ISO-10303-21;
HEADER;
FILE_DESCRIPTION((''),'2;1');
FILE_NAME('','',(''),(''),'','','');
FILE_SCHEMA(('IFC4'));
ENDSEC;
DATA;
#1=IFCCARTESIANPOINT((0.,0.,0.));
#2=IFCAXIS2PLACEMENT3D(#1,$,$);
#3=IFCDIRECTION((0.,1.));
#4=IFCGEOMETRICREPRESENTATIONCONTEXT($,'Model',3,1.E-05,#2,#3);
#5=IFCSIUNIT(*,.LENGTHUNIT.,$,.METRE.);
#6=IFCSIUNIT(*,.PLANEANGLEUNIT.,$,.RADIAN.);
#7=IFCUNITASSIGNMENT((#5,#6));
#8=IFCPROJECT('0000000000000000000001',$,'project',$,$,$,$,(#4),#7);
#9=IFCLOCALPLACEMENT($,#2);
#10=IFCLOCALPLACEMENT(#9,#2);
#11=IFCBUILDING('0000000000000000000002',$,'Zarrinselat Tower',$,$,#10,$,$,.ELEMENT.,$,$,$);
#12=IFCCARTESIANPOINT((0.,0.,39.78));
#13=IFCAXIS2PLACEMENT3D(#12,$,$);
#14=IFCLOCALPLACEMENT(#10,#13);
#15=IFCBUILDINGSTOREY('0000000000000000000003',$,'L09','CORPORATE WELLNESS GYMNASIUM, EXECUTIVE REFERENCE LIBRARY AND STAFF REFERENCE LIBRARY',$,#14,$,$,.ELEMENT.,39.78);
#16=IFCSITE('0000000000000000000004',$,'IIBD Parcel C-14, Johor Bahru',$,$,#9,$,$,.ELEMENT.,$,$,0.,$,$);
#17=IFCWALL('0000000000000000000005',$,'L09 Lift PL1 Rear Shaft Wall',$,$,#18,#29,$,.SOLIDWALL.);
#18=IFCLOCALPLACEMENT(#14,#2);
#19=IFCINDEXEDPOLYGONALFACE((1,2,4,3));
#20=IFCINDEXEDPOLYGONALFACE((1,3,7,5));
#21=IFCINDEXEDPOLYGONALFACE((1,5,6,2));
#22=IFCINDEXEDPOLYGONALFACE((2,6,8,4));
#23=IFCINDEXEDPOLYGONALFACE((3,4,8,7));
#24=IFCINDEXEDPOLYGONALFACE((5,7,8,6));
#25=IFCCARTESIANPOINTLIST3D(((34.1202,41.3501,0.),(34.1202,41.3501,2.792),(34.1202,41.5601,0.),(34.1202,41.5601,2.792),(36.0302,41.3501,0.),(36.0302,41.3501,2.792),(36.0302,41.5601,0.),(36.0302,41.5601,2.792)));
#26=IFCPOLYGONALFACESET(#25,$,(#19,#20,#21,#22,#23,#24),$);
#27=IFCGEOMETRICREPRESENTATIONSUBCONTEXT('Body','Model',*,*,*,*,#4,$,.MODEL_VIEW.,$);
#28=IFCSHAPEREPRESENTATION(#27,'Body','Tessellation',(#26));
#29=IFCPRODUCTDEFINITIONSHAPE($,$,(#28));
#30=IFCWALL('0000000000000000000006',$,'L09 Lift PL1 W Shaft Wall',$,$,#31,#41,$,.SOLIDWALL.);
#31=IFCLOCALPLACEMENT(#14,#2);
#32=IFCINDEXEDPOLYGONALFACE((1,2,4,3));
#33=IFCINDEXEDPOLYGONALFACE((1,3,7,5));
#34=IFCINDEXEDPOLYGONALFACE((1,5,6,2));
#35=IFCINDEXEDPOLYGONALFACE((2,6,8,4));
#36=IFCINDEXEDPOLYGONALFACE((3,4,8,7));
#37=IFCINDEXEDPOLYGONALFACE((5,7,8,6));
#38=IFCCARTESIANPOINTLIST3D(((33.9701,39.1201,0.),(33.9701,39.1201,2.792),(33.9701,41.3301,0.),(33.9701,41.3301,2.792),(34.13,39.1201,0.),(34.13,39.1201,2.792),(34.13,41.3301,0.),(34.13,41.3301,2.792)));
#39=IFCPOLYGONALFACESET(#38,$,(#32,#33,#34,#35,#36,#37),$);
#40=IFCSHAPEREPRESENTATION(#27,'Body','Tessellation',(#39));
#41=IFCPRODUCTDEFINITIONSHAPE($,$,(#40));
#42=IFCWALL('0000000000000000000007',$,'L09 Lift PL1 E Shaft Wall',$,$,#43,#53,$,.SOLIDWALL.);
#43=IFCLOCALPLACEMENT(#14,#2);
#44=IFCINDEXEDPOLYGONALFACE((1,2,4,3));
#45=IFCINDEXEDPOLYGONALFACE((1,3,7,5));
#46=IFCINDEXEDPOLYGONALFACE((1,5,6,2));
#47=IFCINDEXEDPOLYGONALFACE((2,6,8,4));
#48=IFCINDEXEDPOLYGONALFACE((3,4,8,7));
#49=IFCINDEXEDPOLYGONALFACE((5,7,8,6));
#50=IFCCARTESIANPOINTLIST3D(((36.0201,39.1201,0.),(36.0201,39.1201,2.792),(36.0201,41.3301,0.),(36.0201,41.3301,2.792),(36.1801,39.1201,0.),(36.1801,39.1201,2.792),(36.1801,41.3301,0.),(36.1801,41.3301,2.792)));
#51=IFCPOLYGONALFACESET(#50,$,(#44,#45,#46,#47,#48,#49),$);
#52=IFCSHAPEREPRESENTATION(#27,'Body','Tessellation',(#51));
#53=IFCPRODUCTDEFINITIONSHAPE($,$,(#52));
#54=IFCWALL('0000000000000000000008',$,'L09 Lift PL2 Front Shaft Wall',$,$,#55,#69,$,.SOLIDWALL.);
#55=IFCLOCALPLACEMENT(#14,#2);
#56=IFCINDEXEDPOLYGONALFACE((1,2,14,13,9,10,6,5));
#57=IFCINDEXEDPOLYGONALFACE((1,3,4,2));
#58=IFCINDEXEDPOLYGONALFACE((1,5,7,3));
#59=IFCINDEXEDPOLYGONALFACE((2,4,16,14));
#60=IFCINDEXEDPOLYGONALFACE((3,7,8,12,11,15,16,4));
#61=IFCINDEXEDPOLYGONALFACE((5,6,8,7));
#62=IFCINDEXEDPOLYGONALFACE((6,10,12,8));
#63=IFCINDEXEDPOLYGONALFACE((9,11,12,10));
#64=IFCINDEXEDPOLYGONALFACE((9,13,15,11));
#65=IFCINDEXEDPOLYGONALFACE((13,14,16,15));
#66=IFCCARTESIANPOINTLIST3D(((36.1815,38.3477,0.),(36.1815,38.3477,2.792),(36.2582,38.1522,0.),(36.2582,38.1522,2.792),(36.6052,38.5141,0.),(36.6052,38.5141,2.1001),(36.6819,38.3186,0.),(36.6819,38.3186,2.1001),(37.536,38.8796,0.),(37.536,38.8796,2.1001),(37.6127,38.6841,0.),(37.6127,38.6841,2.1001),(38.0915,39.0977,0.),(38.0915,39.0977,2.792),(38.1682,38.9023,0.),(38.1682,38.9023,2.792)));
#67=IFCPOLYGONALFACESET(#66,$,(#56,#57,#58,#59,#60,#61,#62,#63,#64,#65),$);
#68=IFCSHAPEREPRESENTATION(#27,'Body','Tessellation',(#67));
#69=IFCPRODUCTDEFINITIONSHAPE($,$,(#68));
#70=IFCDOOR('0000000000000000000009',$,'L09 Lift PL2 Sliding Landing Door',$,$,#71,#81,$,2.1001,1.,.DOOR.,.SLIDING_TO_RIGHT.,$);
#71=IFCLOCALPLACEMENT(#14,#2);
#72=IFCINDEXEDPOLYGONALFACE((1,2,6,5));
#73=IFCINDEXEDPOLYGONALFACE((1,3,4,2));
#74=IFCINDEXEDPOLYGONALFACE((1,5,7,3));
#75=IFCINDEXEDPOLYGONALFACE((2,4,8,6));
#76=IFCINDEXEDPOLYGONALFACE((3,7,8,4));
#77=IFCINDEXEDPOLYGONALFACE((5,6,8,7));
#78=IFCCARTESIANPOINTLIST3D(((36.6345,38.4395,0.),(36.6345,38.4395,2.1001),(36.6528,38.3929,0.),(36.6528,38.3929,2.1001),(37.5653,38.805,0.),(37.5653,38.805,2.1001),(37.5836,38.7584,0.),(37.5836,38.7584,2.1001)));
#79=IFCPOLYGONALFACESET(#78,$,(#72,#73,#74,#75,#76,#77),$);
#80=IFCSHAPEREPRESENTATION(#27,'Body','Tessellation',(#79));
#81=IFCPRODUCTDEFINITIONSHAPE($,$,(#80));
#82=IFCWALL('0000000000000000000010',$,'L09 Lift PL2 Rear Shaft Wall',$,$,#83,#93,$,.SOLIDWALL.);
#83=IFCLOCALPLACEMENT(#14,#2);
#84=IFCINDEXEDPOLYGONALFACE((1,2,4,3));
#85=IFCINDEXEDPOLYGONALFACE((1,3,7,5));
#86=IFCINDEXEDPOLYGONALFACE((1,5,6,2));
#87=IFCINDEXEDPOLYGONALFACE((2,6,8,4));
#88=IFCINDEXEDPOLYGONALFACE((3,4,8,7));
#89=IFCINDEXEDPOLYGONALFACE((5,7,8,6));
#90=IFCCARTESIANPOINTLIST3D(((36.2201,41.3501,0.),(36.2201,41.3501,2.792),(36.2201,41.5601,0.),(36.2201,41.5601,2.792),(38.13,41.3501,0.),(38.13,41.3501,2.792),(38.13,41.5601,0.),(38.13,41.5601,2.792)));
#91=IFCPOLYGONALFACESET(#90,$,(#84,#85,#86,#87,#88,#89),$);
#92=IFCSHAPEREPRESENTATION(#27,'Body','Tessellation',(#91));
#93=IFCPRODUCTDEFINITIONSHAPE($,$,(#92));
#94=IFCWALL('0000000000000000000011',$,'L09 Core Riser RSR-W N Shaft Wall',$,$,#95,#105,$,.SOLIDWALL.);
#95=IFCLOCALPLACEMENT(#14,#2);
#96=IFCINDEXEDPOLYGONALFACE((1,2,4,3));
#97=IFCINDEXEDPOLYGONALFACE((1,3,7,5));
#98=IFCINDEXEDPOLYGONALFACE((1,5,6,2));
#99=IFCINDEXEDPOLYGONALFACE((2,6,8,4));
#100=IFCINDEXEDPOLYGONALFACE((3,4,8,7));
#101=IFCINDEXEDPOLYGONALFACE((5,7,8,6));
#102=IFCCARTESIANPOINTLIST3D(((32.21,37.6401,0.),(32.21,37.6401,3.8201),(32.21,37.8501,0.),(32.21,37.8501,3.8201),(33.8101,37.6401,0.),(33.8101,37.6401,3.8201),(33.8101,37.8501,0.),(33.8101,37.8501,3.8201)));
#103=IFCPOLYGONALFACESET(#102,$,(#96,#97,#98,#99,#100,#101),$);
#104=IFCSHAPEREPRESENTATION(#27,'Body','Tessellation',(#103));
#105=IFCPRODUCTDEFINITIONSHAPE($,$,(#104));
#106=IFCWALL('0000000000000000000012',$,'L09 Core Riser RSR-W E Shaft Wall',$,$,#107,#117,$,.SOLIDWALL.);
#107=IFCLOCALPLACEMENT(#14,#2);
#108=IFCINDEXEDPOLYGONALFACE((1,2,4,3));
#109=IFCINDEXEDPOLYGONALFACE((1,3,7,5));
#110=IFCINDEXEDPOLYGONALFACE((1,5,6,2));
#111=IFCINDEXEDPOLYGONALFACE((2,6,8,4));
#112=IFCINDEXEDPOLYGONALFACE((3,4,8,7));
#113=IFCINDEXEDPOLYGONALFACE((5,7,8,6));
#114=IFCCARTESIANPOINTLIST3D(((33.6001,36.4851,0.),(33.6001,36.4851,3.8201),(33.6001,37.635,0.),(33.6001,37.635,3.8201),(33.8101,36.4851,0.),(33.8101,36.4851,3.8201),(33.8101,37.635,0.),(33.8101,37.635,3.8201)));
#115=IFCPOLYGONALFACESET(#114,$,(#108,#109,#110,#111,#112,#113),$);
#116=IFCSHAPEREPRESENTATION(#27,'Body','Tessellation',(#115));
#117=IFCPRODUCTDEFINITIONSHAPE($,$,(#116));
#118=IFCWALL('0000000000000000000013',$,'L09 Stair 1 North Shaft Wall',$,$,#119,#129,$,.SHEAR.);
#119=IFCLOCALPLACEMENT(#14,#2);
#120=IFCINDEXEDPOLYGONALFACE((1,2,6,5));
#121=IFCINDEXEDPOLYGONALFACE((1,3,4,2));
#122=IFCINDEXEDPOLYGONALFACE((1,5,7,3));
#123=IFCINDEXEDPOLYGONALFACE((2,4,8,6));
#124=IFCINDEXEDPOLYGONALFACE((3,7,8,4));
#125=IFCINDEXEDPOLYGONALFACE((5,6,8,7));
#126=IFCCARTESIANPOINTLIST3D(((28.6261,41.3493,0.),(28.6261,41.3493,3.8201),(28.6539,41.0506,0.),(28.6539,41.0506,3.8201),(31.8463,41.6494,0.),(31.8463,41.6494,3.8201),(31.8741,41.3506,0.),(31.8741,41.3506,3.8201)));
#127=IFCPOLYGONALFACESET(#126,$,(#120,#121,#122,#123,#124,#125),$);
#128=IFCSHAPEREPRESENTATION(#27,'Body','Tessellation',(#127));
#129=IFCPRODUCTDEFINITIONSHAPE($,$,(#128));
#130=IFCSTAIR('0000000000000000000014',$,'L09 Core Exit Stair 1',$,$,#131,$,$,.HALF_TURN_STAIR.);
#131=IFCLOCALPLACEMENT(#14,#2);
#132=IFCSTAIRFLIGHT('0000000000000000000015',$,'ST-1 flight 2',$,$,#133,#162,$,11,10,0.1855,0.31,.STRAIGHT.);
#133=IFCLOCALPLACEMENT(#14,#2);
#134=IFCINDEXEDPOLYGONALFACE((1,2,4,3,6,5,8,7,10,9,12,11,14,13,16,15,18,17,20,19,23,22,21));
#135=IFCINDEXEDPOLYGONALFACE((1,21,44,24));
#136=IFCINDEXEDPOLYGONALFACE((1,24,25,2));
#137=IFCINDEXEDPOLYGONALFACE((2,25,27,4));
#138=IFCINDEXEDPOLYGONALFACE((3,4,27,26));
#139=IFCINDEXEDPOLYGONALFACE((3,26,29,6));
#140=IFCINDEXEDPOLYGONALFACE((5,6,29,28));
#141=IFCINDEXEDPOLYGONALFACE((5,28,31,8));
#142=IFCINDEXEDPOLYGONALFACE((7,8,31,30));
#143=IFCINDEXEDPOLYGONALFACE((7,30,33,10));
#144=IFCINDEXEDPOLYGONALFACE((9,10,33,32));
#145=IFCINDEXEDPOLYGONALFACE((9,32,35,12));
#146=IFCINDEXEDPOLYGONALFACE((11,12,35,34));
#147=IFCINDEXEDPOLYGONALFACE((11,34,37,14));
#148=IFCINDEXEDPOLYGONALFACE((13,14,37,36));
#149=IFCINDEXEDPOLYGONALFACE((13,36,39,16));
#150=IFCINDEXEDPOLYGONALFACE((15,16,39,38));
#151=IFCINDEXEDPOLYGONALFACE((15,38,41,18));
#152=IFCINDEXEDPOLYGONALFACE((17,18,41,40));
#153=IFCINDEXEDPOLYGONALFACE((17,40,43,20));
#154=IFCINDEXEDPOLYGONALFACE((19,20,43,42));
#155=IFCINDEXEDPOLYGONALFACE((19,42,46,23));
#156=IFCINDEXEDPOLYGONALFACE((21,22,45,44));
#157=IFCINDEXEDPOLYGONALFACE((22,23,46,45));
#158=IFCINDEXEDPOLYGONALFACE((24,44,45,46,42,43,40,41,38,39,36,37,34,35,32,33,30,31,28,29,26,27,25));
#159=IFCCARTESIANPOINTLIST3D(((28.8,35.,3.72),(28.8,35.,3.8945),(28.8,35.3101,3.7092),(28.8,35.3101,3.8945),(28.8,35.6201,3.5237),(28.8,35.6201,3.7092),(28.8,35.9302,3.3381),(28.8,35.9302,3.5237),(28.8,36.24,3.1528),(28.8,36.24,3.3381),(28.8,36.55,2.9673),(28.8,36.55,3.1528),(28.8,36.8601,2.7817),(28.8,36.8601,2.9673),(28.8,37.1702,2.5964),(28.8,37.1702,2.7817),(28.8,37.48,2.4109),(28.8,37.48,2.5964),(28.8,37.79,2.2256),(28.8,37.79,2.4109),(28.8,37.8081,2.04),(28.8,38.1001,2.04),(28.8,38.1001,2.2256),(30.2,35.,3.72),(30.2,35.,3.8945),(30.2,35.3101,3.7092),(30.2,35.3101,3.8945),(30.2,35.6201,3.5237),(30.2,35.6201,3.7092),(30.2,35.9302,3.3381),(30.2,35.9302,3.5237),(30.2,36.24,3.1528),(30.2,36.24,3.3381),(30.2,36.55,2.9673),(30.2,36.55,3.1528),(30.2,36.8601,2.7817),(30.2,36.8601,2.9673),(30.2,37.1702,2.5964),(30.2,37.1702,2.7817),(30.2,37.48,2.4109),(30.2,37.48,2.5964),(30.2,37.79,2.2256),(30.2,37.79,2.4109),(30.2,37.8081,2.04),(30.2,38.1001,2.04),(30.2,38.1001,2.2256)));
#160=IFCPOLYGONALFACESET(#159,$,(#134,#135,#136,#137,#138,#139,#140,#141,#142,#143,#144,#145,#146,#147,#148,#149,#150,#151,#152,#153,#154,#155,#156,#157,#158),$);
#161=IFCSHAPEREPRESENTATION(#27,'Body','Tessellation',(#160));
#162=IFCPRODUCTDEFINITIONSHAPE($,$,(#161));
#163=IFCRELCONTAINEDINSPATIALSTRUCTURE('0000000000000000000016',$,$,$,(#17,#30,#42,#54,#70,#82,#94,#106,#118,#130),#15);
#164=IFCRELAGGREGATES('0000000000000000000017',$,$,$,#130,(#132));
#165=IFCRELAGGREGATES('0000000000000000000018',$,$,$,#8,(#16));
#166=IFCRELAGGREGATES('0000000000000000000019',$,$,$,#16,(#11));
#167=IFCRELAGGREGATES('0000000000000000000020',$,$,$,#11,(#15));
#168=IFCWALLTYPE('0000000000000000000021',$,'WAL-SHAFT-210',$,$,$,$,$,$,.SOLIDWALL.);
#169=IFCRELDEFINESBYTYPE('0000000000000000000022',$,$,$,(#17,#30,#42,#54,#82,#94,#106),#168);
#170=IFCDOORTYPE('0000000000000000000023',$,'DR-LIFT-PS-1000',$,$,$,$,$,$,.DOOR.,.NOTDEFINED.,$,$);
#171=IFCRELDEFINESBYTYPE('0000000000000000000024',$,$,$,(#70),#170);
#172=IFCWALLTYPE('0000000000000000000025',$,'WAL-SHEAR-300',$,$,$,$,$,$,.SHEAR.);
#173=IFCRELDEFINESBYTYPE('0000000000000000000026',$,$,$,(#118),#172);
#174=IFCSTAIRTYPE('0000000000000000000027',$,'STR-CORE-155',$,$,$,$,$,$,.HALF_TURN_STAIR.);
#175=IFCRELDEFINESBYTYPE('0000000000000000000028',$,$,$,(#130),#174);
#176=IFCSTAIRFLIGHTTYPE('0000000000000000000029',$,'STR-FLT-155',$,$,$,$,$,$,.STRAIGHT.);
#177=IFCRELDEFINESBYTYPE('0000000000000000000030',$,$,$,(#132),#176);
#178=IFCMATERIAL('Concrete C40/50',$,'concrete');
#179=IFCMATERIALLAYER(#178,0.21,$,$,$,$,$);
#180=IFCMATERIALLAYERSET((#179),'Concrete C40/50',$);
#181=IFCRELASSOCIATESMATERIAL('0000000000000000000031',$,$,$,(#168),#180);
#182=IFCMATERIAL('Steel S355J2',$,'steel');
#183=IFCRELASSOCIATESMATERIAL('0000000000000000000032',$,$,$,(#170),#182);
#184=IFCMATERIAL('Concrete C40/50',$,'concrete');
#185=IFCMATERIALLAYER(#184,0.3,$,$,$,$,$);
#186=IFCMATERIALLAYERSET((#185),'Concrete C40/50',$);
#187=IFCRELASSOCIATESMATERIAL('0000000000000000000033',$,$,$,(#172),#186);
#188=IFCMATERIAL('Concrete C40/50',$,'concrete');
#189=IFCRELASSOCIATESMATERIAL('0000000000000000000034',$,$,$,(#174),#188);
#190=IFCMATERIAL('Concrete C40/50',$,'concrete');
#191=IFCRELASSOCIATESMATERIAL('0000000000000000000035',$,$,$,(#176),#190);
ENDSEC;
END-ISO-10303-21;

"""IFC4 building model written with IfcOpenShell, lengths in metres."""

from ifc_helpers import new_model, si_unit, direction, frame, frame_2d, origin, place, context, subcontext, project, spatial, polyline, rectangle, outline, extrude, material, layer, layer_set, type_object, element, fill, aggregate, save


model = new_model("IFC4")

# Units and contexts
model_context = context("Model", 3, precision=1e-05, world=origin(), true_north=direction((0.0, 1.0)))
body_context = subcontext(model_context, "Body", "Model", "MODEL_VIEW")
ifc_project = project(units=[si_unit("LENGTHUNIT", "METRE"), si_unit("PLANEANGLEUNIT", "RADIAN")], contexts=[model_context])

# Site, building, storey
site_placement = place(None, origin())
site = spatial("IfcSite", under=ifc_project, at=site_placement, Name="IIBD Parcel C-14, Johor Bahru", CompositionType="ELEMENT", RefElevation=0.0)
building_placement = place(site_placement, origin())
building = spatial("IfcBuilding", under=site, at=building_placement, Name="Zarrinselat Tower", CompositionType="ELEMENT")
storey_placement = place(building_placement, frame((0.0, 0.0, 39.78)))
storey = spatial("IfcBuildingStorey", under=building, at=storey_placement, Name="L09", Description="CORPORATE WELLNESS GYMNASIUM, EXECUTIVE REFERENCE LIBRARY AND STAFF REFERENCE LIBRARY", CompositionType="ELEMENT", Elevation=39.78)

# Shared definitions
ifc_material_1 = material(Name="Concrete C40/50", Category="concrete")
ifc_layer_1 = layer(ifc_material_1, 0.21)
ifc_layer_set_1 = layer_set([ifc_layer_1], Name="Concrete C40/50")
wall_type_1 = type_object("IfcWallType", Name="WAL-SHAFT-210", PredefinedType="SOLIDWALL", material=ifc_layer_set_1)
ifc_material_2 = material(Name="Steel S355J2", Category="steel")
door_type_1 = type_object("IfcDoorType", Name="DR-LIFT-PS-1000", OperationType="NOTDEFINED", PredefinedType="DOOR", material=ifc_material_2)

# Walls
wall_1_placement = place(storey_placement, frame((34.1201, 41.4551, 0.0), z_axis=(0.0, 0.0, 1.0), x_axis=(1.0, 0.0, 0.0)))
element("IfcWall", 1, at=wall_1_placement, inside=storey, type_object=wall_type_1, Name="L09 Lift PL1 Rear Shaft Wall", PredefinedType="SOLIDWALL", context=body_context, shape_type="SweptSolid", body=[
    extrude(rectangle(XDim=1.9099, YDim=0.21, at=frame_2d((0.9551, 0.0))), origin(), (0.0, 0.0, 1.0), 2.792),
])
for number, where, z_axis, x_axis, name in (
    (2, (34.05, 39.1201, 0.0), (0.0, 0.0, 1.0), (0.0, 1.0, 0.0), "L09 Lift PL1 W Shaft Wall"),
    (3, (36.1001, 39.1201, 0.0), (0.0, 0.0, 1.0), (0.0, 1.0, 0.0), "L09 Lift PL1 E Shaft Wall"),
):
    element("IfcWall", number, at=place(storey_placement, frame(where, z_axis=z_axis, x_axis=x_axis)), inside=storey, type_object=wall_type_1, Name=name, PredefinedType="SOLIDWALL", context=body_context, shape_type="SweptSolid", body=[
        extrude(rectangle(XDim=2.21, YDim=0.1599, at=frame_2d((1.105, 0.0))), origin(), (0.0, 0.0, 1.0), 2.792),
    ])

# Wall, opening, door
wall_2_placement = place(storey_placement, frame((36.22, 38.25, 0.0), z_axis=(0.0, 0.0, 1.0), x_axis=(0.930805, 0.365516, 0.0)))
wall_2 = element("IfcWall", 4, at=wall_2_placement, inside=storey, type_object=wall_type_1, Name="L09 Lift PL2 Front Shaft Wall", PredefinedType="SOLIDWALL", context=body_context, shape_type="SweptSolid", body=[
    extrude(rectangle(XDim=2.052, YDim=0.21, at=frame_2d((1.0259, 0.0))), origin(), (0.0, 0.0, 1.0), 2.792),
])
opening_1_placement = place(wall_2_placement, frame((0.4551, 0.0, 0.0)))
opening_1 = element("IfcOpeningElement", 5, at=opening_1_placement, cuts=wall_2, PredefinedType="OPENING", context=body_context, shape_type="SweptSolid", body=[
    extrude(rectangle(XDim=1.0, YDim=2.1001, at=frame_2d((0.5, 1.05))), frame((0.0, 0.115, 0.0), z_axis=(0.0, -1.0, 0.0), x_axis=(1.0, 0.0, 0.0)), (0.0, 0.0, 1.0), 0.23),
])
door_1_placement = place(opening_1_placement, origin())
door_1 = element("IfcDoor", 6, at=door_1_placement, inside=storey, type_object=door_type_1, Name="L09 Lift PL2 Sliding Landing Door", OperationType="SLIDING_TO_RIGHT", OverallHeight=2.1001, OverallWidth=1.0, PredefinedType="DOOR", context=body_context, shape_type="SweptSolid", body=[
    extrude(rectangle(XDim=1.0, YDim=2.1001, at=frame_2d((0.5, 1.05))), frame((0.0, 0.0249, 0.0), z_axis=(0.0, -1.0, 0.0), x_axis=(1.0, 0.0, 0.0)), (0.0, 0.0, 1.0), 0.05),
])
fill(opening_1, door_1)

# Walls
wall_3_placement = place(storey_placement, frame((36.22, 41.4551, 0.0), z_axis=(0.0, 0.0, 1.0), x_axis=(1.0, 0.0, 0.0)))
element("IfcWall", 7, at=wall_3_placement, inside=storey, type_object=wall_type_1, Name="L09 Lift PL2 Rear Shaft Wall", PredefinedType="SOLIDWALL", context=body_context, shape_type="SweptSolid", body=[
    extrude(rectangle(XDim=1.9099, YDim=0.21, at=frame_2d((0.9551, 0.0))), origin(), (0.0, 0.0, 1.0), 2.792),
])
wall_4_placement = place(storey_placement, frame((32.21, 37.7451, 0.0), z_axis=(0.0, 0.0, 1.0), x_axis=(1.0, 0.0, 0.0)))
element("IfcWall", 8, at=wall_4_placement, inside=storey, type_object=wall_type_1, Name="L09 Core Riser RSR-W N Shaft Wall", PredefinedType="SOLIDWALL", context=body_context, shape_type="SweptSolid", body=[
    extrude(rectangle(XDim=1.6001, YDim=0.21, at=frame_2d((0.8, 0.0))), origin(), (0.0, 0.0, 1.0), 3.8201),
])
wall_5_placement = place(storey_placement, frame((33.7051, 36.4851, 0.0), z_axis=(0.0, 0.0, 1.0), x_axis=(0.0, 1.0, 0.0)))
element("IfcWall", 9, at=wall_5_placement, inside=storey, type_object=wall_type_1, Name="L09 Core Riser RSR-W E Shaft Wall", PredefinedType="SOLIDWALL", context=body_context, shape_type="SweptSolid", body=[
    extrude(rectangle(XDim=1.1499, YDim=0.21, at=frame_2d((0.575, 0.0))), origin(), (0.0, 0.0, 1.0), 3.8201),
])
ifc_material_3 = material(Name="Concrete C40/50", Category="concrete")
ifc_layer_2 = layer(ifc_material_3, 0.3)
ifc_layer_set_2 = layer_set([ifc_layer_2], Name="Concrete C40/50")
wall_type_2 = type_object("IfcWallType", Name="WAL-SHEAR-300", PredefinedType="SHEAR", material=ifc_layer_set_2)
wall_6_placement = place(storey_placement, frame((28.6399, 41.2, 0.0), z_axis=(0.0, 0.0, 1.0), x_axis=(0.995687, 0.092775, 0.0)))
element("IfcWall", 10, at=wall_6_placement, inside=storey, type_object=wall_type_2, Name="L09 Stair 1 North Shaft Wall", PredefinedType="SHEAR", context=body_context, shape_type="SweptSolid", body=[
    extrude(rectangle(XDim=3.2341, YDim=0.3, at=frame_2d((1.6172, 0.0))), origin(), (0.0, 0.0, 1.0), 3.8201),
])

# Stair, stair flight
ifc_material_4 = material(Name="Concrete C40/50", Category="concrete")
stair_type = type_object("IfcStairType", Name="STR-CORE-155", PredefinedType="HALF_TURN_STAIR", material=ifc_material_4)
stair_placement = place(storey_placement, origin())
stair = element("IfcStair", 11, at=stair_placement, inside=storey, type_object=stair_type, Name="L09 Core Exit Stair 1", PredefinedType="HALF_TURN_STAIR")
ifc_material_5 = material(Name="Concrete C40/50", Category="concrete")
stair_flight_type = type_object("IfcStairFlightType", Name="STR-FLT-155", PredefinedType="STRAIGHT", material=ifc_material_5)
stair_flight_placement = place(storey_placement, frame((29.5, 38.1001, 2.04), z_axis=(0.0, 0.0, 1.0), x_axis=(0.0, -1.0, 0.0)))
stair_flight = element("IfcStairFlight", 12, at=stair_flight_placement, type_object=stair_flight_type, Name="ST-1 flight 2", NumberOfRisers=11, NumberOfTreads=10, PredefinedType="STRAIGHT", RiserHeight=0.1855, TreadLength=0.31, context=body_context, shape_type="SweptSolid", body=[
    extrude(outline(polyline([(0.0, 0.0), (0.0, 0.1855), (0.3101, 0.1855), (0.3101, 0.3708), (0.6201, 0.3708), (0.6201, 0.5564), (0.9299, 0.5564), (0.9299, 0.7417), (1.24, 0.7417), (1.24, 0.9272), (1.55, 0.9272), (1.55, 1.1128), (1.8601, 1.1128), (1.8601, 1.2981), (2.1699, 1.2981), (2.1699, 1.4836), (2.48, 1.4836), (2.48, 1.6692), (2.79, 1.6692), (2.79, 1.8545), (3.1001, 1.8545), (3.1001, 2.04), (3.1001, 1.6799), (0.292, 0.0), (0.0, 0.0)])), frame((0.0, 0.7, 0.0), z_axis=(0.0, -1.0, 0.0), x_axis=(1.0, 0.0, 0.0)), (0.0, 0.0, 1.0), 1.3999),
])
aggregate(stair, [stair_flight])

save(model, "model.ifc")
